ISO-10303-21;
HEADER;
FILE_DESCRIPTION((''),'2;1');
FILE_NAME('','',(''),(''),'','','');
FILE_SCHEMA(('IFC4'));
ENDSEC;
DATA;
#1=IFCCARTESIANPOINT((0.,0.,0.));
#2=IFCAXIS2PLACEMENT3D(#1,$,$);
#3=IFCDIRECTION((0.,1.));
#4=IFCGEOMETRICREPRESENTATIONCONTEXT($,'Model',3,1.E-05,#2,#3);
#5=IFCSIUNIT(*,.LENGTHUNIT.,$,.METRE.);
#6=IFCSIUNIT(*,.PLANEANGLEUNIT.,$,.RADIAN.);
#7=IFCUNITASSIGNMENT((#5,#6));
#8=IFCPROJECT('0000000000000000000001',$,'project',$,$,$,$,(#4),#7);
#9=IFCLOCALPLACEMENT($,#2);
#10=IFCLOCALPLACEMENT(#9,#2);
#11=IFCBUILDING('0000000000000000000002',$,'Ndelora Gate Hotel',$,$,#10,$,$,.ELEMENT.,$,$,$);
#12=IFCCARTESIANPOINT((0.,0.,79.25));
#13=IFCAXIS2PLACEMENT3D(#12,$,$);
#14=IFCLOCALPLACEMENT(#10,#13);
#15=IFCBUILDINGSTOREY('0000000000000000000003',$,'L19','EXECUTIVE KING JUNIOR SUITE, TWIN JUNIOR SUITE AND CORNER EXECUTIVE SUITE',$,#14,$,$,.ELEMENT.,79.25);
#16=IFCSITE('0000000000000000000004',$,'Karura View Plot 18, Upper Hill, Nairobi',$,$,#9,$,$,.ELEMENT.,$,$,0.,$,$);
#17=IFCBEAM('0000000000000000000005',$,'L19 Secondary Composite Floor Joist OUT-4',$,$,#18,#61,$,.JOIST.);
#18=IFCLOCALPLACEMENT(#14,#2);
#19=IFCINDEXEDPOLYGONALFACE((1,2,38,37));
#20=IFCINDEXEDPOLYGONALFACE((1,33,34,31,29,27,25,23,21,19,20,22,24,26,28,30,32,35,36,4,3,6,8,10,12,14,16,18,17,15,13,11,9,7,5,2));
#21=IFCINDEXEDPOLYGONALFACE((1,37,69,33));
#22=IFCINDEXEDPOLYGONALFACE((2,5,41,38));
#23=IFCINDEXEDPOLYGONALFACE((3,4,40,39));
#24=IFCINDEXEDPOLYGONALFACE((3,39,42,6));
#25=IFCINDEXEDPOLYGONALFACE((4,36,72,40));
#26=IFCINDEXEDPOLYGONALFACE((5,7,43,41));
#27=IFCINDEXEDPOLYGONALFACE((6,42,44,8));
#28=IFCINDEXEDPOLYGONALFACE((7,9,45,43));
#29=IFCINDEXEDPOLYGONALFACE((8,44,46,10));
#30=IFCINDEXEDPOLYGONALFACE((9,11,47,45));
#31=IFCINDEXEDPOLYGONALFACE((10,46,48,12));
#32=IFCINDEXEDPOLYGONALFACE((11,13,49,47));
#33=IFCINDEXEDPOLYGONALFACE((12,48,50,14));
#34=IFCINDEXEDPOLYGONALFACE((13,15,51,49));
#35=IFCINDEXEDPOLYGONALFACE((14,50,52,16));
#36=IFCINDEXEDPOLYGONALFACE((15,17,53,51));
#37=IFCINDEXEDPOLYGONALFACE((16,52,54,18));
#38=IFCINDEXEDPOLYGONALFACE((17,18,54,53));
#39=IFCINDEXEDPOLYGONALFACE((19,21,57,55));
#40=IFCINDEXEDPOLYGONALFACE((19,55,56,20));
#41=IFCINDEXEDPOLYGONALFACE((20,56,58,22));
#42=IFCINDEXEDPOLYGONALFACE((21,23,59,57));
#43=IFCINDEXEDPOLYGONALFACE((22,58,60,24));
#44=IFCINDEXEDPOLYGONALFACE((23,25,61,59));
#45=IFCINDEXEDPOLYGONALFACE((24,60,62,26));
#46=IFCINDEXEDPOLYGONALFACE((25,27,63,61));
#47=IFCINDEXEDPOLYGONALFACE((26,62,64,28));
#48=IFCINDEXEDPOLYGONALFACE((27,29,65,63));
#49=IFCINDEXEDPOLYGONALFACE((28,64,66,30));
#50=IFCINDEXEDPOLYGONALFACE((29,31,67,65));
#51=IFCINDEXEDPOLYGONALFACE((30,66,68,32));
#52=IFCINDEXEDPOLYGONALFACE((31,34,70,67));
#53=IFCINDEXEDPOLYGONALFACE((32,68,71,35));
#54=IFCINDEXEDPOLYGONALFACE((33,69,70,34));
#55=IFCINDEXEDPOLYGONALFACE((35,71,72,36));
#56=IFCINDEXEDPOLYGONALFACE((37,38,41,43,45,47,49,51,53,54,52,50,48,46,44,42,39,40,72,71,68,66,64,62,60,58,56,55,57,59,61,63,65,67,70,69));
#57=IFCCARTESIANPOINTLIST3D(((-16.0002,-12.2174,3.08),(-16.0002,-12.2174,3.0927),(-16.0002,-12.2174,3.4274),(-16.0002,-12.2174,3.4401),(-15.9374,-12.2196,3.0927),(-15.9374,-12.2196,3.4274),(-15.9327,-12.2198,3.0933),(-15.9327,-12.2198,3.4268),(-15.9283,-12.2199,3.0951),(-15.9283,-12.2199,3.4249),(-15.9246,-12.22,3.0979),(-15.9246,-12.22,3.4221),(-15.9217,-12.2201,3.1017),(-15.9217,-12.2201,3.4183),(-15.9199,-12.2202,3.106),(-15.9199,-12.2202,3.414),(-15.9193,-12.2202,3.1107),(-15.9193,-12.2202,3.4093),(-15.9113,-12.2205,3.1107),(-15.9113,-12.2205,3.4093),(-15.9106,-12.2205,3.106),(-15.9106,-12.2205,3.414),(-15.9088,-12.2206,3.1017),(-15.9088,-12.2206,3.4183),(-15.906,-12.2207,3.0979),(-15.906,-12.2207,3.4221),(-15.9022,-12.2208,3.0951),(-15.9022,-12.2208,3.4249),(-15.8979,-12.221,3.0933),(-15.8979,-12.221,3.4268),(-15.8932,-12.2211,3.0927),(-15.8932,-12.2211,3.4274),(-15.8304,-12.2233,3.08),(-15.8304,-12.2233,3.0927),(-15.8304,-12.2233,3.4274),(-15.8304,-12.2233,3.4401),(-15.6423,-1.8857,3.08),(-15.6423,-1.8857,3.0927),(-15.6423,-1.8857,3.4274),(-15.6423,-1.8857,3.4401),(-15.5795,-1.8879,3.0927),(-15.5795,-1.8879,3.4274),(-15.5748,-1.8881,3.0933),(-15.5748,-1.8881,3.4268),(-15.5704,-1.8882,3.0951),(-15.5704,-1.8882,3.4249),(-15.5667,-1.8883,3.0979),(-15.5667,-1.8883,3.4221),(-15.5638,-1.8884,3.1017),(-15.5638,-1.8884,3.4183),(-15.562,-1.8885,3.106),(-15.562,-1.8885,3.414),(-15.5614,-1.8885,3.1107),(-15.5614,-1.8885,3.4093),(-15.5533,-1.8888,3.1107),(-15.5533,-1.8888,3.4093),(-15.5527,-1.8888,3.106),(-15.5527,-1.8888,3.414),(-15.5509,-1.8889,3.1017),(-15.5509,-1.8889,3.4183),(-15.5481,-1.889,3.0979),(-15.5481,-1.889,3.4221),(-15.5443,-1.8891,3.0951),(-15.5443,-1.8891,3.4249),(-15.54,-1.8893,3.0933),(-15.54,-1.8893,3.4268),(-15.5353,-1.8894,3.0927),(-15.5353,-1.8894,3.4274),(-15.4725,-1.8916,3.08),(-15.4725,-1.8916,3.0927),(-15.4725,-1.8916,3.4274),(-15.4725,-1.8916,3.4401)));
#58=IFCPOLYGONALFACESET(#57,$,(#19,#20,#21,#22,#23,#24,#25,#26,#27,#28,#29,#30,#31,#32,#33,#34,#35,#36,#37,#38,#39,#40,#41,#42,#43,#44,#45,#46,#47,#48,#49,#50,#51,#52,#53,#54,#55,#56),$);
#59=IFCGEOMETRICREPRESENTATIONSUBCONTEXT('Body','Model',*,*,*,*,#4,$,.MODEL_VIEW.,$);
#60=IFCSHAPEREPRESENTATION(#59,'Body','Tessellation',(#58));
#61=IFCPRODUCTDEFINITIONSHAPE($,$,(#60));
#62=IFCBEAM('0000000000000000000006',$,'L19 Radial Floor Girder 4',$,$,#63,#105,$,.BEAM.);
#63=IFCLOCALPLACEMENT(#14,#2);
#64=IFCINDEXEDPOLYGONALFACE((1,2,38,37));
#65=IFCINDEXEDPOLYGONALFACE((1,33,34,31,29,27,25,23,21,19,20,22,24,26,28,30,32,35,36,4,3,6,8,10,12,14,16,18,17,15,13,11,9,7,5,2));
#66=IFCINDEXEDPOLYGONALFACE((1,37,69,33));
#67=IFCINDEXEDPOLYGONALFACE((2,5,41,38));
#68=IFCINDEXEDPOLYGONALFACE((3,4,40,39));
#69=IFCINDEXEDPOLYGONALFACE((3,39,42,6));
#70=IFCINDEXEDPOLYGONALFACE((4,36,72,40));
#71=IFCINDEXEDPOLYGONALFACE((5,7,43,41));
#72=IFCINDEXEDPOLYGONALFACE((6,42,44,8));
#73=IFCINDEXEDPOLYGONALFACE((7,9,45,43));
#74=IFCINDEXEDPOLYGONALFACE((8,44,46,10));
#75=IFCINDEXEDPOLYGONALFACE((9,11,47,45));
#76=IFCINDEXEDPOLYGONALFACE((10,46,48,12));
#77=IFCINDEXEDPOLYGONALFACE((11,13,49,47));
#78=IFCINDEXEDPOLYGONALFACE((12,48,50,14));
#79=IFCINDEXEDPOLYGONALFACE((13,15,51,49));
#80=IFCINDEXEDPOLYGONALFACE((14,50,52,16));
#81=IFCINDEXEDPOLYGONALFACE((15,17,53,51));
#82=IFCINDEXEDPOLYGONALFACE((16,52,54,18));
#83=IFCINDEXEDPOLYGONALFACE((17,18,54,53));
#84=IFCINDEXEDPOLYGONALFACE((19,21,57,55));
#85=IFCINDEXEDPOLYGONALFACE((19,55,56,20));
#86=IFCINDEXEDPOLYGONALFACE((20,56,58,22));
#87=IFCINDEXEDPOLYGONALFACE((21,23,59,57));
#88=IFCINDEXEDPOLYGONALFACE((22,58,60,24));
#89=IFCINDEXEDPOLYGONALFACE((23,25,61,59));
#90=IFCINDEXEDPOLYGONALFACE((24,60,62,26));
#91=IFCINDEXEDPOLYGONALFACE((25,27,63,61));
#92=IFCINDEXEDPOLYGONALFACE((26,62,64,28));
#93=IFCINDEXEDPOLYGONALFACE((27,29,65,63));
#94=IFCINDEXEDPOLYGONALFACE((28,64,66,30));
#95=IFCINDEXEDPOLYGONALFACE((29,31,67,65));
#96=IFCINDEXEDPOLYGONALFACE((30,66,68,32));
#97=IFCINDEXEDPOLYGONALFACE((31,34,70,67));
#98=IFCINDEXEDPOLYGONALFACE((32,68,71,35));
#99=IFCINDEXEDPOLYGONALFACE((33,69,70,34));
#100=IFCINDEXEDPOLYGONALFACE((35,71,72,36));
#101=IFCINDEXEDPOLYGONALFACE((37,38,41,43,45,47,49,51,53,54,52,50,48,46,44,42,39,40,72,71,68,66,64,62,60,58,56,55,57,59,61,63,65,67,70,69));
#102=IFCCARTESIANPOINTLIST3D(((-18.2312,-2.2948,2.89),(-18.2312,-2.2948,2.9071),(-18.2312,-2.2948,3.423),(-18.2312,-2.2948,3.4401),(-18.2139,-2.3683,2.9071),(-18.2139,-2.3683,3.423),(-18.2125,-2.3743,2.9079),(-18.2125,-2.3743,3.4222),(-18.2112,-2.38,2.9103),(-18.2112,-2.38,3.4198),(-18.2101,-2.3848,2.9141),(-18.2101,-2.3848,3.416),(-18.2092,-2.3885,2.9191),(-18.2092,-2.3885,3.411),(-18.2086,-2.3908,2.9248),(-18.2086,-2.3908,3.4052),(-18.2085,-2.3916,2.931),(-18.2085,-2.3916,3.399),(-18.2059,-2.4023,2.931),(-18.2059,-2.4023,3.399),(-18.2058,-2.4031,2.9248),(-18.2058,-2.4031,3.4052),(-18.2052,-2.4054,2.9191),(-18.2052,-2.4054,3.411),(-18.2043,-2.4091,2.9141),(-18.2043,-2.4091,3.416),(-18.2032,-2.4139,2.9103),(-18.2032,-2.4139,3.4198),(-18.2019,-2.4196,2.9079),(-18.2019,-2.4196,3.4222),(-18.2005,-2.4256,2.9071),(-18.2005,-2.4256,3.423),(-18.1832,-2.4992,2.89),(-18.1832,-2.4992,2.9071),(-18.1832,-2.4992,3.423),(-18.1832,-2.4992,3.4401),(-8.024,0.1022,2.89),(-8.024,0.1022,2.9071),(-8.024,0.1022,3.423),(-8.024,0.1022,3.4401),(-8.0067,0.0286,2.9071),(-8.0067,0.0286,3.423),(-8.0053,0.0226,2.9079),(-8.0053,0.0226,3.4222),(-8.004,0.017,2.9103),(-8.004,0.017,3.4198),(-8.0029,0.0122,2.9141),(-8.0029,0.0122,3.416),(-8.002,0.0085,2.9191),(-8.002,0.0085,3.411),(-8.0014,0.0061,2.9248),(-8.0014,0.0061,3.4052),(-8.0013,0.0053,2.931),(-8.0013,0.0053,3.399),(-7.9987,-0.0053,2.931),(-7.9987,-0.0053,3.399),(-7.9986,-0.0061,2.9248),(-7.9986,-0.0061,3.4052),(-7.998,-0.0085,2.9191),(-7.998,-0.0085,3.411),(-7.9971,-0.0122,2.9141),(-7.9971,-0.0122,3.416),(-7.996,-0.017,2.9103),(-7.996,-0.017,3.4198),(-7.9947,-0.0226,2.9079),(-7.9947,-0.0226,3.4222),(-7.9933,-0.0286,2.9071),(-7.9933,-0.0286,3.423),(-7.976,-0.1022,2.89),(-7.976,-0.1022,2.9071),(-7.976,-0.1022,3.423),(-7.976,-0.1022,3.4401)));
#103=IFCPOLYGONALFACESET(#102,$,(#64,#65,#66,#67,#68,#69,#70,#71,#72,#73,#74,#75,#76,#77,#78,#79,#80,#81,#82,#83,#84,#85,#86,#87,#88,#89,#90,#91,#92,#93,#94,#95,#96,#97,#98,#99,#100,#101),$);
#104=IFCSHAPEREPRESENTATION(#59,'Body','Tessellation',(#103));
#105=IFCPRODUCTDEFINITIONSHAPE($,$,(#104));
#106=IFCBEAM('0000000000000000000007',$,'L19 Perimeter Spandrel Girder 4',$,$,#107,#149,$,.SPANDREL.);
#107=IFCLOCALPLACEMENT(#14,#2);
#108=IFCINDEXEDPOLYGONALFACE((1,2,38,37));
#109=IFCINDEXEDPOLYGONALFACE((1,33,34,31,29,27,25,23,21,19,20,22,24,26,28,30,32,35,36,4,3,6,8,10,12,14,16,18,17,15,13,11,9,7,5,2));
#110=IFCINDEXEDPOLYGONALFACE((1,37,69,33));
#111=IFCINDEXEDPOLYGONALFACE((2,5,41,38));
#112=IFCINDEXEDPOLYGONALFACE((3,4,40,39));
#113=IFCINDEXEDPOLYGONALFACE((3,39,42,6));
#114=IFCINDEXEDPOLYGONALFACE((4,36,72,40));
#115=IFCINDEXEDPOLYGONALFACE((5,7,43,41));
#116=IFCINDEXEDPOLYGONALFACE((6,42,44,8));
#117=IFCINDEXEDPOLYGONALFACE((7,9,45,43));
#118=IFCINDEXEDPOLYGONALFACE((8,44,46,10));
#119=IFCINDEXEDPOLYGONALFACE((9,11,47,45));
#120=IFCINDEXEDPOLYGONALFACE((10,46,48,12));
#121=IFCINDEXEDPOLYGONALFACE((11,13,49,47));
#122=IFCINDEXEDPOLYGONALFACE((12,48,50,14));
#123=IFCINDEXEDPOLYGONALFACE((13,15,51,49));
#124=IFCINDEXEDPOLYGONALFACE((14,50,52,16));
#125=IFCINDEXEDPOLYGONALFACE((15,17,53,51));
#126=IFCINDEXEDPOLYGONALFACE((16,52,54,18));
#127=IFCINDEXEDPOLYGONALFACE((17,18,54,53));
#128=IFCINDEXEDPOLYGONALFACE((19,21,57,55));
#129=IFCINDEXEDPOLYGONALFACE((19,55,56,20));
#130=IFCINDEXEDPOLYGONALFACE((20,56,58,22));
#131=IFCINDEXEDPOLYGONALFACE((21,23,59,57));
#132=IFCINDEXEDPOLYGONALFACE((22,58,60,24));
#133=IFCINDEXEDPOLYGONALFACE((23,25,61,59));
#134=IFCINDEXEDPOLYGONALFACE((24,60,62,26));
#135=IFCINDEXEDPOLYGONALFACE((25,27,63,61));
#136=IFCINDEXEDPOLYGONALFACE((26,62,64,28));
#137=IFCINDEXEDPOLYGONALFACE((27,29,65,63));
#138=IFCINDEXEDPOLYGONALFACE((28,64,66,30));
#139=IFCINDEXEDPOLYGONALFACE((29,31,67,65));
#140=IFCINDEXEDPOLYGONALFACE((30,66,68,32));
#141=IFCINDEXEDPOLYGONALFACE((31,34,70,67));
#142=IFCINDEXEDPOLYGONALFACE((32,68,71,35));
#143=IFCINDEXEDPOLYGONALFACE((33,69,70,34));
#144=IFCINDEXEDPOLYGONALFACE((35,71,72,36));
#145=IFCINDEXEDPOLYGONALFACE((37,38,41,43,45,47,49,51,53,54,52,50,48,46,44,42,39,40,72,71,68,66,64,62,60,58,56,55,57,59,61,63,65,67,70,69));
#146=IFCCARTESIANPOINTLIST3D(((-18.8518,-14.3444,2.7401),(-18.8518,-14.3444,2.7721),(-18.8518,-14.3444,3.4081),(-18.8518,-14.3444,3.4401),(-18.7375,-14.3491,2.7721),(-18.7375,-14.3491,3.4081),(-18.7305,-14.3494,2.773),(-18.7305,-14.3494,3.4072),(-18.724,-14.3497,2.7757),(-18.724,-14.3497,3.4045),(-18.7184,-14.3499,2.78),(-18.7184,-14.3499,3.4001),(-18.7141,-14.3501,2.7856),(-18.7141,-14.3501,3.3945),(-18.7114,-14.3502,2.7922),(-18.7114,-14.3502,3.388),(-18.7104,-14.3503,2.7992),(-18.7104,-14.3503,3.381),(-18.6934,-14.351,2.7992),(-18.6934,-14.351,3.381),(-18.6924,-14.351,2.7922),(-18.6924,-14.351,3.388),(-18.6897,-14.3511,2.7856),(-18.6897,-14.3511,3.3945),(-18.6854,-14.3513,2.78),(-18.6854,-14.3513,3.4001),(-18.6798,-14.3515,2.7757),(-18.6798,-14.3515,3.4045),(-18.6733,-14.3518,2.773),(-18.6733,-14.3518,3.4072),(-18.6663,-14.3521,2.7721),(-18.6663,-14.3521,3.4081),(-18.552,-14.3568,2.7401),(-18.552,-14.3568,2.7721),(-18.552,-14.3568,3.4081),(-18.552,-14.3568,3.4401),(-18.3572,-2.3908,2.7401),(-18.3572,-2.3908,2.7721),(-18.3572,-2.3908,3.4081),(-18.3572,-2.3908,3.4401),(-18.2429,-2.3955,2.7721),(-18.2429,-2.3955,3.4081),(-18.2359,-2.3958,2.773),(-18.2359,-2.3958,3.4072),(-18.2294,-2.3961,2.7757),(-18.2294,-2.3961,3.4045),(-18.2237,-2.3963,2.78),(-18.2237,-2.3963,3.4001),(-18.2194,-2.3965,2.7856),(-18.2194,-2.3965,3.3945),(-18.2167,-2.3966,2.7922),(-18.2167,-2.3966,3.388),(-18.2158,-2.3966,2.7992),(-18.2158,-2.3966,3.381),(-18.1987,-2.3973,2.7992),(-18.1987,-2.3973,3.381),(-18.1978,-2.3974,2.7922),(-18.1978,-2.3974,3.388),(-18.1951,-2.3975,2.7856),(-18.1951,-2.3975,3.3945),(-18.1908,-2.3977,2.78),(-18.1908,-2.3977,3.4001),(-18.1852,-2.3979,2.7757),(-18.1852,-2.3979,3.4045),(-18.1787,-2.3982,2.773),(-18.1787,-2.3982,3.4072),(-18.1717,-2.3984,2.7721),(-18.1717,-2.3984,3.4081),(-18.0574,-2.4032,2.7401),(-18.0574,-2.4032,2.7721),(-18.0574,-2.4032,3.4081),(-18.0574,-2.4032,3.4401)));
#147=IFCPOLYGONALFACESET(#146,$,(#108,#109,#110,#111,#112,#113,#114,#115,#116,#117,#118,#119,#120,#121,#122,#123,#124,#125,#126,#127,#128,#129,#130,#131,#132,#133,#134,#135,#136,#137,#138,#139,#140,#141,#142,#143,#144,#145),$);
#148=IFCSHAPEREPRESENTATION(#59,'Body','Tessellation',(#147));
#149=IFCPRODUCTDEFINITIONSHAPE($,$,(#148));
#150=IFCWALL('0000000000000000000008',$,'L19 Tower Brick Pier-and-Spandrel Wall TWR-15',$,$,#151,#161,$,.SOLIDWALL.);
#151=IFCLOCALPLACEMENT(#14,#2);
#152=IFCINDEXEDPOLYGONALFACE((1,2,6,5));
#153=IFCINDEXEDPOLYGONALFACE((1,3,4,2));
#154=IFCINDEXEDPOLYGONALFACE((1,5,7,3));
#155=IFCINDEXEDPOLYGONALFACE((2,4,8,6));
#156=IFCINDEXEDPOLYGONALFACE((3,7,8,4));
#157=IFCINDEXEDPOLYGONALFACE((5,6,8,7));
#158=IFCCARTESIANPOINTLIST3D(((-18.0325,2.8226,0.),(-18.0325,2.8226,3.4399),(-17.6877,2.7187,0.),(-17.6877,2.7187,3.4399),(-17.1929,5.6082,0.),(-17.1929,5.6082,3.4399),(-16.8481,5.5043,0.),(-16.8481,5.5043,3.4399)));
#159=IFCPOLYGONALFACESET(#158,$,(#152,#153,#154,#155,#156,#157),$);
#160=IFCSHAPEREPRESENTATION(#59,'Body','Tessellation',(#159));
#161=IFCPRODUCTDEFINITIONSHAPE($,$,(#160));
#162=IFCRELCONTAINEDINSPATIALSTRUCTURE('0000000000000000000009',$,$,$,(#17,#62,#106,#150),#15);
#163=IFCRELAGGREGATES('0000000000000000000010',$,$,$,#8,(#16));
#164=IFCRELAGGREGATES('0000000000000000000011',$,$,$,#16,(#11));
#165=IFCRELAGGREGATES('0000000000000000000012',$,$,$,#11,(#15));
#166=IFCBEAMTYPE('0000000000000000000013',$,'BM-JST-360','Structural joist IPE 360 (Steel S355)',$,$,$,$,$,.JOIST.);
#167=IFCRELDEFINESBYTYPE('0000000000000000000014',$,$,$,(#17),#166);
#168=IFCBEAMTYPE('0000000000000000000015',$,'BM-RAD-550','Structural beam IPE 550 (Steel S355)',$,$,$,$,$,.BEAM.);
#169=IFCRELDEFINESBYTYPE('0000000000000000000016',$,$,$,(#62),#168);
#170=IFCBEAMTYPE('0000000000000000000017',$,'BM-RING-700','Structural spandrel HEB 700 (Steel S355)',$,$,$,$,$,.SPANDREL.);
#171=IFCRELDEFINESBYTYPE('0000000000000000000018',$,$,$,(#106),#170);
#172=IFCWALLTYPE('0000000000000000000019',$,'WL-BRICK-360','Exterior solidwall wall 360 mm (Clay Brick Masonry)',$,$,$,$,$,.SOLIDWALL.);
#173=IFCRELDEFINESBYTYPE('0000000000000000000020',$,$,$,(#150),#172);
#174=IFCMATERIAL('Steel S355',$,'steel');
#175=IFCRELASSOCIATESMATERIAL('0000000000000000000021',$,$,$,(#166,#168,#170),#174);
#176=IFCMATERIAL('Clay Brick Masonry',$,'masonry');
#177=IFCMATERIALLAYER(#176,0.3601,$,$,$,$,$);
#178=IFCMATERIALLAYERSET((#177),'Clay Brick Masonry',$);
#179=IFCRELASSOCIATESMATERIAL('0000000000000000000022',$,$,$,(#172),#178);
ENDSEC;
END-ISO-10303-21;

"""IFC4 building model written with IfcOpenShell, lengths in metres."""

from ifc_helpers import new_model, si_unit, direction, frame, frame_2d, origin, origin_2d, place, context, subcontext, project, spatial, rectangle, i_section, extrude, material, layer, layer_set, material_profile, profile_set, type_object, element, save


model = new_model("IFC4")

# Units and contexts
model_context = context("Model", 3, precision=1e-05, world=origin(), true_north=direction((0.0, 1.0)))
body_context = subcontext(model_context, "Body", "Model", "MODEL_VIEW")
ifc_project = project(units=[si_unit("LENGTHUNIT", "METRE"), si_unit("PLANEANGLEUNIT", "RADIAN")], contexts=[model_context])

# Site, building, storey
site_placement = place(None, origin())
site = spatial("IfcSite", under=ifc_project, at=site_placement, Name="Karura View Plot 18, Upper Hill, Nairobi", CompositionType="ELEMENT", RefElevation=0.0)
building_placement = place(site_placement, origin())
building = spatial("IfcBuilding", under=site, at=building_placement, Name="Ndelora Gate Hotel", CompositionType="ELEMENT")
storey_placement = place(building_placement, frame((0.0, 0.0, 79.25)))
storey = spatial("IfcBuildingStorey", under=building, at=storey_placement, Name="L19", Description="EXECUTIVE KING JUNIOR SUITE, TWIN JUNIOR SUITE AND CORNER EXECUTIVE SUITE", CompositionType="ELEMENT", Elevation=79.25)

# Beams
ifc_material_1 = material(Name="Steel S355", Category="steel")
ifc_material_profile_1 = material_profile(ifc_material_1, i_section(OverallWidth=0.1699, OverallDepth=0.3601, WebThickness=0.0081, FlangeThickness=0.0127, FilletRadius=0.0181, at=origin_2d()), Name="IPE 360")
ifc_profile_set_1 = profile_set([ifc_material_profile_1], Name="Steel S355")
beam_type_1 = type_object("IfcBeamType", Name="BM-JST-360", Description="Structural joist IPE 360 (Steel S355)", PredefinedType="JOIST", material=ifc_profile_set_1)
beam_1_placement = place(storey_placement, frame((-15.5574, -1.8887, 3.26), z_axis=(-0.034621, -0.999401, 0.0), x_axis=(0.999401, -0.034621, 0.0)))
element("IfcBeam", 1, at=beam_1_placement, inside=storey, type_object=beam_type_1, Name="L19 Secondary Composite Floor Joist OUT-4", PredefinedType="JOIST", context=body_context, shape_type="SweptSolid", body=[
    extrude(i_section(OverallWidth=0.1699, OverallDepth=0.3601, WebThickness=0.0081, FlangeThickness=0.0127, FilletRadius=0.0181, at=origin_2d()), origin(), (0.0, 0.0, 1.0), 10.3379),
])
ifc_material_profile_2 = material_profile(ifc_material_1, i_section(OverallWidth=0.21, OverallDepth=0.55, WebThickness=0.011, FlangeThickness=0.0171, FilletRadius=0.0239, at=origin_2d()), Name="IPE 550")
ifc_profile_set_2 = profile_set([ifc_material_profile_2], Name="Steel S355")
beam_type_2 = type_object("IfcBeamType", Name="BM-RAD-550", Description="Structural beam IPE 550 (Steel S355)", PredefinedType="BEAM", material=ifc_profile_set_2)
beam_2_placement = place(storey_placement, frame((-8.0, 0.0, 3.165), z_axis=(-0.973518, -0.228611, 0.0), x_axis=(0.228611, -0.973518, 0.0)))
element("IfcBeam", 2, at=beam_2_placement, inside=storey, type_object=beam_type_2, Name="L19 Radial Floor Girder 4", PredefinedType="BEAM", context=body_context, shape_type="SweptSolid", body=[
    extrude(i_section(OverallWidth=0.21, OverallDepth=0.55, WebThickness=0.011, FlangeThickness=0.0171, FilletRadius=0.0239, at=origin_2d()), origin(), (0.0, 0.0, 1.0), 10.4849),
])
ifc_material_profile_3 = material_profile(ifc_material_1, i_section(OverallWidth=0.3, OverallDepth=0.7, WebThickness=0.0171, FlangeThickness=0.032, FilletRadius=0.0271, at=origin_2d()), Name="HEB 700")
ifc_profile_set_3 = profile_set([ifc_material_profile_3], Name="Steel S355")
beam_type_3 = type_object("IfcBeamType", Name="BM-RING-700", Description="Structural spandrel HEB 700 (Steel S355)", PredefinedType="SPANDREL", material=ifc_profile_set_3)
beam_3_placement = place(storey_placement, frame((-18.2073, -2.397, 3.0901), z_axis=(-0.041344, -0.999145, 0.0), x_axis=(0.999145, -0.041344, 0.0)))
element("IfcBeam", 3, at=beam_3_placement, inside=storey, type_object=beam_type_3, Name="L19 Perimeter Spandrel Girder 4", PredefinedType="SPANDREL", context=body_context, shape_type="SweptSolid", body=[
    extrude(i_section(OverallWidth=0.3, OverallDepth=0.7, WebThickness=0.0171, FlangeThickness=0.032, FilletRadius=0.0271, at=origin_2d()), origin(), (0.0, 0.0, 1.0), 11.9639),
])

# Wall
ifc_material_2 = material(Name="Clay Brick Masonry", Category="masonry")
ifc_layer_1 = layer(ifc_material_2, 0.3601)
ifc_layer_set_1 = layer_set([ifc_layer_1], Name="Clay Brick Masonry")
wall_type_1 = type_object("IfcWallType", Name="WL-BRICK-360", Description="Exterior solidwall wall 360 mm (Clay Brick Masonry)", PredefinedType="SOLIDWALL", material=ifc_layer_set_1)
wall_1_placement = place(storey_placement, frame((-17.8601, 2.7708, 0.0), z_axis=(0.0, 0.0, 1.0), x_axis=(0.288579, 0.957456, 0.0)))
element("IfcWall", 4, at=wall_1_placement, inside=storey, type_object=wall_type_1, Name="L19 Tower Brick Pier-and-Spandrel Wall TWR-15", PredefinedType="SOLIDWALL", context=body_context, shape_type="SweptSolid", body=[
    extrude(rectangle(XDim=2.9094, YDim=0.3601, at=frame_2d((1.4546, 0.0))), origin(), (0.0, 0.0, 1.0), 3.4399),
])

save(model, "model.ifc")
